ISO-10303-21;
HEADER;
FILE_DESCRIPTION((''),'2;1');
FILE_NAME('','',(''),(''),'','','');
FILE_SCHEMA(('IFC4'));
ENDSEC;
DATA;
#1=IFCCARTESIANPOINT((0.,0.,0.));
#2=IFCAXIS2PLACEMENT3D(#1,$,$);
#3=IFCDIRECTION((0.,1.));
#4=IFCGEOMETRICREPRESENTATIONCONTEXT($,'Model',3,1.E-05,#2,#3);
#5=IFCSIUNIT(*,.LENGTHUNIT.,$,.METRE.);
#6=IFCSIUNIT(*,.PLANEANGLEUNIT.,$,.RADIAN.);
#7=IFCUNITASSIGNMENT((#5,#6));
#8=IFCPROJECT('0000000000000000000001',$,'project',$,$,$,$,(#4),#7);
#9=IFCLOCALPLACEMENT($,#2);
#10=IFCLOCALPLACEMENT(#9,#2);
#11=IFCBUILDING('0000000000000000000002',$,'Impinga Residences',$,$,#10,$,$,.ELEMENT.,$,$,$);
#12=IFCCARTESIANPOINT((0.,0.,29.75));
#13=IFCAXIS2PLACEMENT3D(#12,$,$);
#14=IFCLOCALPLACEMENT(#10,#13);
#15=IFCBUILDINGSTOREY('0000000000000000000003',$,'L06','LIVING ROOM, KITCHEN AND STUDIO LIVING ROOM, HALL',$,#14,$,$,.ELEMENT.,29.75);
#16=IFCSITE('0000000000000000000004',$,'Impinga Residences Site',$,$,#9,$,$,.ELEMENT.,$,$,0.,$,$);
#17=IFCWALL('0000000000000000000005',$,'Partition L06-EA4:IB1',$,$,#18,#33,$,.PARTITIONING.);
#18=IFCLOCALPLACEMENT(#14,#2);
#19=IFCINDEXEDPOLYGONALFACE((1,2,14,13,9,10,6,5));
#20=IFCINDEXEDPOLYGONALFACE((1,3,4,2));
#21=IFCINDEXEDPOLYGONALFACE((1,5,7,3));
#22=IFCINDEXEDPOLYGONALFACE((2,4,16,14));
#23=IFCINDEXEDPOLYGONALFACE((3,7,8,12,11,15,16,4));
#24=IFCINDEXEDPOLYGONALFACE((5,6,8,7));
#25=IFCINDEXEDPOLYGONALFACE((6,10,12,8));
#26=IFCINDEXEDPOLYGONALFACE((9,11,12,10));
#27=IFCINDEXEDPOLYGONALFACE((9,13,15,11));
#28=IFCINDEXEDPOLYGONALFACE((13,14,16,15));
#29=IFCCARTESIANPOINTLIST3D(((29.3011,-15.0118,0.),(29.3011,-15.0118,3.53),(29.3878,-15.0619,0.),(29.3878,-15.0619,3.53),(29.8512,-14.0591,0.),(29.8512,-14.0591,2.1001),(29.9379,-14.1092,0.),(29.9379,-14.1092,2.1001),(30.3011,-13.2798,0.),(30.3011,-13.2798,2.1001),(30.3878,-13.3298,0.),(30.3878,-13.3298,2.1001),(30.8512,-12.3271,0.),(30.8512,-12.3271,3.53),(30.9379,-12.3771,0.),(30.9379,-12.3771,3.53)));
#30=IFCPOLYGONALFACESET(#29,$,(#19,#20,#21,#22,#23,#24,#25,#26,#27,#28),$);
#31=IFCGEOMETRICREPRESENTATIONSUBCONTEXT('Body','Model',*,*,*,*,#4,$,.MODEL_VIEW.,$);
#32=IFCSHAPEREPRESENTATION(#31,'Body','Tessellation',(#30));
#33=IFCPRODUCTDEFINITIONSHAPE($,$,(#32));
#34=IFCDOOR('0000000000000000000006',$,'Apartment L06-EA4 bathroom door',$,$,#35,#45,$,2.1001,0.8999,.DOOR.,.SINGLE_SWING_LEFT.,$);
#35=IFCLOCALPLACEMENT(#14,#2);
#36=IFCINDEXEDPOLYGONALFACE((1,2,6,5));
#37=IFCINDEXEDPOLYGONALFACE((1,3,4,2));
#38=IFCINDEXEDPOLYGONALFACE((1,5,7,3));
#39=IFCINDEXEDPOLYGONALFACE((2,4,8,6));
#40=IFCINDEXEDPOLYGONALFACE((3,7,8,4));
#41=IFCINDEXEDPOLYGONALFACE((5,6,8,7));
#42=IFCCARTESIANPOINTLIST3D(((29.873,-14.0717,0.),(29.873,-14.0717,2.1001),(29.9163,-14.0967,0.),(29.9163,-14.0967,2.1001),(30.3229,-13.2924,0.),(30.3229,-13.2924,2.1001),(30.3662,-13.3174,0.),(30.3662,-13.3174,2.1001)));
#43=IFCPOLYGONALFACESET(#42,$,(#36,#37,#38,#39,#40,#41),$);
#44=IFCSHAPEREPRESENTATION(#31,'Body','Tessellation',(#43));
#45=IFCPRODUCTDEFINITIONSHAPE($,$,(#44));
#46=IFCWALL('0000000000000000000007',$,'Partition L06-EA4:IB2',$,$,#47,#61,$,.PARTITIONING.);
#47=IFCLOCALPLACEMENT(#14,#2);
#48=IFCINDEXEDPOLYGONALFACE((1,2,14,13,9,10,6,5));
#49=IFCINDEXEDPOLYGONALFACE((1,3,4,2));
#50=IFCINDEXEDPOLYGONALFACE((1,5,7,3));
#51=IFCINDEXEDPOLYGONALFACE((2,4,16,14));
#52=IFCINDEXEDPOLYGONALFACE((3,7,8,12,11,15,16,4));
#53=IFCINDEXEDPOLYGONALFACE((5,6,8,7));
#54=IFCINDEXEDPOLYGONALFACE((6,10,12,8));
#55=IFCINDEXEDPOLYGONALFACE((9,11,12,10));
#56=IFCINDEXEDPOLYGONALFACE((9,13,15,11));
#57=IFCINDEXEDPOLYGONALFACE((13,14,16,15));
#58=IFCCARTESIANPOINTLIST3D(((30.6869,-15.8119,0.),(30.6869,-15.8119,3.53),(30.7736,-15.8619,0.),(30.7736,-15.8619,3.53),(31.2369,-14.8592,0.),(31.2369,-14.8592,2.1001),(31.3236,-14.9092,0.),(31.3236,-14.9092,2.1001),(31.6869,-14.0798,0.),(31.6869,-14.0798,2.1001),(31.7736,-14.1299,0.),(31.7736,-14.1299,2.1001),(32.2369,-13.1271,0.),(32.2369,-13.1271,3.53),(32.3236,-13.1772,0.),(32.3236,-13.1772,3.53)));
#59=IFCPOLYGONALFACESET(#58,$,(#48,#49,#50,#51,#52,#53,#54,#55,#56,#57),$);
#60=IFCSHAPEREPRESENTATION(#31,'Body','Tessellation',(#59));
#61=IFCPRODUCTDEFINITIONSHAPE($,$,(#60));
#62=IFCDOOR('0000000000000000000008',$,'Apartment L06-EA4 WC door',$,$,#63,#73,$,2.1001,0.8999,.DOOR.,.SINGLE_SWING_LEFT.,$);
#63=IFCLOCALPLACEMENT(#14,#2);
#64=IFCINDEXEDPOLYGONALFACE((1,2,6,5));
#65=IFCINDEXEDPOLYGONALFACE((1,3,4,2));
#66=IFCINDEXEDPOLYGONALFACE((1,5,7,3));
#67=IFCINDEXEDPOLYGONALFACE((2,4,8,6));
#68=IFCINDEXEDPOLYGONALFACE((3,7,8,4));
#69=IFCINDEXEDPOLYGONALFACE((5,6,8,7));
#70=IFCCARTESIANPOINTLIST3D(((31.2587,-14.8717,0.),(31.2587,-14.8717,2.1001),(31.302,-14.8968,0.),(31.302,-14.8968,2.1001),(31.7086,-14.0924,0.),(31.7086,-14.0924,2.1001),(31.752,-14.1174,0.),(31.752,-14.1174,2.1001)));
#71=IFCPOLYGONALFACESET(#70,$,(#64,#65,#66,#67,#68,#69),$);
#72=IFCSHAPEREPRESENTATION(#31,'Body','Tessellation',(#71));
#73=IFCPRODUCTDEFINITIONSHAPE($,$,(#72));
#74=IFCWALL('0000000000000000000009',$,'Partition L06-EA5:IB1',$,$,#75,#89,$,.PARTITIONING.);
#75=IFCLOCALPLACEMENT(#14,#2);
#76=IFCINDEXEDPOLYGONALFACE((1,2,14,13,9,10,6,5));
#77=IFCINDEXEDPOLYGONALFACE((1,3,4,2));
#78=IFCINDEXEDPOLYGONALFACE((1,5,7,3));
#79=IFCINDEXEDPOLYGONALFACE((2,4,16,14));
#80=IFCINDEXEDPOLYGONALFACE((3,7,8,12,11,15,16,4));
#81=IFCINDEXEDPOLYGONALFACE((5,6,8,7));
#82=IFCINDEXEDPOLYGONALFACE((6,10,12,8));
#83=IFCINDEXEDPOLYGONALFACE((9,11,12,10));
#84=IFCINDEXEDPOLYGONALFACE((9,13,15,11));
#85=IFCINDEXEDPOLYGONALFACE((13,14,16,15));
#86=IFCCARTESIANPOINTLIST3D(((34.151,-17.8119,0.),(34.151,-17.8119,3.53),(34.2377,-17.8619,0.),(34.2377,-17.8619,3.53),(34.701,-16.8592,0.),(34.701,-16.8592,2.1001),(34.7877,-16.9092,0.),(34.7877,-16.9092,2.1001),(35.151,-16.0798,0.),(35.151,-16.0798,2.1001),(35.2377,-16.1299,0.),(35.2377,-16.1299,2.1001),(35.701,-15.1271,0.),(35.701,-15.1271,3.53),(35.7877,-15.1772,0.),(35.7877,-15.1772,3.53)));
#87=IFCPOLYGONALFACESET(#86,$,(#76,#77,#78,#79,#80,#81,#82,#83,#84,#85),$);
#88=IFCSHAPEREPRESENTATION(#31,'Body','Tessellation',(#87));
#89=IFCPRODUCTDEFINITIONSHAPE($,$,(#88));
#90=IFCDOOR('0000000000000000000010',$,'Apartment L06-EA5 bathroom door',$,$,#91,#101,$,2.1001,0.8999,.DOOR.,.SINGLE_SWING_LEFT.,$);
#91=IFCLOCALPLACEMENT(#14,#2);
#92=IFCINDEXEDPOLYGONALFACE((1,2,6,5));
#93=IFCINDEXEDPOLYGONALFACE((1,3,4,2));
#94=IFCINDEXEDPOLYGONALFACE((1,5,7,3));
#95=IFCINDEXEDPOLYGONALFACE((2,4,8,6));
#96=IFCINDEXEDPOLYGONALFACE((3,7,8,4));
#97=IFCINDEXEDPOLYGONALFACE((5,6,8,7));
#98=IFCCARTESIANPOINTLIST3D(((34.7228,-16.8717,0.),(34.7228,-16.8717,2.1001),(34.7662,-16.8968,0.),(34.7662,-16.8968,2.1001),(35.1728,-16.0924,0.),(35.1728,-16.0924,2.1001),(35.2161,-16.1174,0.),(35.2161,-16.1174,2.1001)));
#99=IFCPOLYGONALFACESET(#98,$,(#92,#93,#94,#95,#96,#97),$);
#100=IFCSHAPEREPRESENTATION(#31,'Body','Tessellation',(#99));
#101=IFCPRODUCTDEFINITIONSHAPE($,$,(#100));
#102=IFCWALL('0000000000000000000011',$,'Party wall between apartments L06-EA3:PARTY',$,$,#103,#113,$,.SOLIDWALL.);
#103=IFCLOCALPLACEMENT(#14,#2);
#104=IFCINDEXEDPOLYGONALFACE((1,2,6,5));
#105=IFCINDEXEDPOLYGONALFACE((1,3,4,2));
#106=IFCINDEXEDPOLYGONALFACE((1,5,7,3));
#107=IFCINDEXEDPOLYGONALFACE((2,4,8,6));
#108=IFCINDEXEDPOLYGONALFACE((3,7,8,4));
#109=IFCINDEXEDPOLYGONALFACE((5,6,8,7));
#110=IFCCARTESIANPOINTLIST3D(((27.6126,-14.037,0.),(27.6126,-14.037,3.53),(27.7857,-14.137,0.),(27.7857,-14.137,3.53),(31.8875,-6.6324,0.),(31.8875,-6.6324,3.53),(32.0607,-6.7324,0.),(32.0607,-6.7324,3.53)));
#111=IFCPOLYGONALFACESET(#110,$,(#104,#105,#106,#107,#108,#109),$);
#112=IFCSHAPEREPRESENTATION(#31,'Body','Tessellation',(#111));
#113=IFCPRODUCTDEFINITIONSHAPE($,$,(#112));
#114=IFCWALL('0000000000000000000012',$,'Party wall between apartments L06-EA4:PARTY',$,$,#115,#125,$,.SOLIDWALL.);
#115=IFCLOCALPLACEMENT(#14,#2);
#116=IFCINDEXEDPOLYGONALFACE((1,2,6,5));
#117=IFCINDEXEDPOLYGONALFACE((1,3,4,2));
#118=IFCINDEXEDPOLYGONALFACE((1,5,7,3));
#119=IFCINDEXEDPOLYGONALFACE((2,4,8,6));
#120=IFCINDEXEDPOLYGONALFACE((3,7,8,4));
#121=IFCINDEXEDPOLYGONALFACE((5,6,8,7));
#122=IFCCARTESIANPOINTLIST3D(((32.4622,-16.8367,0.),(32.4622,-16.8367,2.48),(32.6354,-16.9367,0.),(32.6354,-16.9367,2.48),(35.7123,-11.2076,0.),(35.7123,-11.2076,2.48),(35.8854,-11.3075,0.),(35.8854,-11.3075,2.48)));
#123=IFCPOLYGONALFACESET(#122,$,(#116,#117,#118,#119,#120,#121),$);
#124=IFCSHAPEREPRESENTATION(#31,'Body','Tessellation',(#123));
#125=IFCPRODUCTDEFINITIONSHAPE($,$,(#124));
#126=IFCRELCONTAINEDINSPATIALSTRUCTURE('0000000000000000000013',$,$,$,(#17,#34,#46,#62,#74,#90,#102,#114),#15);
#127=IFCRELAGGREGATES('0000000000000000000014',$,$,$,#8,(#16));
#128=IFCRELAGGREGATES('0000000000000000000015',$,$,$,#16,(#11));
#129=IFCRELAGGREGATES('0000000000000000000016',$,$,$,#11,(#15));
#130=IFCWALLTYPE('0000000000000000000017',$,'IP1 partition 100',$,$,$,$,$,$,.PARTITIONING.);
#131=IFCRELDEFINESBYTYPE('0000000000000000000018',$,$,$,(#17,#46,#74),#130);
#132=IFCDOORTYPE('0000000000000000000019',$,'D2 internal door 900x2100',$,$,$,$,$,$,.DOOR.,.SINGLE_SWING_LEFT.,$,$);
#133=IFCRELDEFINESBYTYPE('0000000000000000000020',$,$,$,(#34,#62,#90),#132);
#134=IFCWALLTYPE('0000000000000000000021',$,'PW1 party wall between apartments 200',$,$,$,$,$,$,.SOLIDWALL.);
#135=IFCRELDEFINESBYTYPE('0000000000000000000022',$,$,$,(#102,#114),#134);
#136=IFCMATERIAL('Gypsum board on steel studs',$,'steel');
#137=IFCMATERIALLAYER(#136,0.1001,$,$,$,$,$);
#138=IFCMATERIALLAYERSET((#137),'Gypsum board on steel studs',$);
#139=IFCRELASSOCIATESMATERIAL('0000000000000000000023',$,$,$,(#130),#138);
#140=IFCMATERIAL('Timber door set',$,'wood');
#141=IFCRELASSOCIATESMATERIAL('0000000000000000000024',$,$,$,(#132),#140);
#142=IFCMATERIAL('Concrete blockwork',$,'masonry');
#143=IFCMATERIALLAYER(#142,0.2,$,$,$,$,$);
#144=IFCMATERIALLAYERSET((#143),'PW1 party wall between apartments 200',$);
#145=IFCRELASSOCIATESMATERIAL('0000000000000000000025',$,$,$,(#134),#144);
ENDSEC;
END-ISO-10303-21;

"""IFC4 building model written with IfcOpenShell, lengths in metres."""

from ifc_helpers import new_model, si_unit, direction, frame, frame_2d, origin, place, context, subcontext, project, spatial, rectangle, extrude, material, layer, layer_set, type_object, element, fill, save


model = new_model("IFC4")

# Units and contexts
model_context = context("Model", 3, precision=1e-05, world=origin(), true_north=direction((0.0, 1.0)))
body_context = subcontext(model_context, "Body", "Model", "MODEL_VIEW")
ifc_project = project(units=[si_unit("LENGTHUNIT", "METRE"), si_unit("PLANEANGLEUNIT", "RADIAN")], contexts=[model_context])

# Site, building, storey
site_placement = place(None, origin())
site = spatial("IfcSite", under=ifc_project, at=site_placement, Name="Impinga Residences Site", CompositionType="ELEMENT", RefElevation=0.0)
building_placement = place(site_placement, origin())
building = spatial("IfcBuilding", under=site, at=building_placement, Name="Impinga Residences", CompositionType="ELEMENT")
storey_placement = place(building_placement, frame((0.0, 0.0, 29.75)))
storey = spatial("IfcBuildingStorey", under=building, at=storey_placement, Name="L06", Description="LIVING ROOM, KITCHEN AND STUDIO LIVING ROOM, HALL", CompositionType="ELEMENT", Elevation=29.75)

# Shared definitions
ifc_material_1 = material(Name="Concrete blockwork", Category="masonry")
ifc_material_2 = material(Name="Timber door set", Category="wood")

# Shared definitions
ifc_material_3 = material(Name="Gypsum board on steel studs", Category="steel")
ifc_layer_1 = layer(ifc_material_3, 0.1001)
ifc_layer_set_1 = layer_set([ifc_layer_1], Name="Gypsum board on steel studs")
wall_type_1 = type_object("IfcWallType", Name="IP1 partition 100", PredefinedType="PARTITIONING", material=ifc_layer_set_1)

# Shared definitions
door_type_1 = type_object("IfcDoorType", Name="D2 internal door 900x2100", OperationType="SINGLE_SWING_LEFT", PredefinedType="DOOR", material=ifc_material_2)

# Walls, openings, doors
wall_1_placement = place(storey_placement, frame((29.3445, -15.0369, 0.0), z_axis=(0.0, 0.0, 1.0), x_axis=(0.499993, 0.86603, 0.0)))
wall_1 = element("IfcWall", 1, at=wall_1_placement, inside=storey, type_object=wall_type_1, Name="Partition L06-EA4:IB1", PredefinedType="PARTITIONING", context=body_context, shape_type="SweptSolid", body=[
    extrude(rectangle(XDim=3.1001, YDim=0.1001, at=frame_2d((1.55, 0.0))), origin(), (0.0, 0.0, 1.0), 3.53),
])
opening_1_placement = place(wall_1_placement, frame((1.1001, 0.0, 0.0)))
opening_1 = element("IfcOpeningElement", 2, at=opening_1_placement, cuts=wall_1, PredefinedType="OPENING", context=body_context, shape_type="SweptSolid", body=[
    extrude(rectangle(XDim=0.8999, YDim=2.1001, at=frame_2d((0.45, 1.05))), frame((0.0, 0.0601, 0.0), z_axis=(0.0, -1.0, 0.0), x_axis=(1.0, 0.0, 0.0)), (0.0, 0.0, 1.0), 0.1201),
])
door_1_placement = place(opening_1_placement, origin())
door_1 = element("IfcDoor", 3, at=door_1_placement, inside=storey, type_object=door_type_1, Name="Apartment L06-EA4 bathroom door", OperationType="SINGLE_SWING_LEFT", OverallHeight=2.1001, OverallWidth=0.8999, PredefinedType="DOOR", context=body_context, shape_type="SweptSolid", body=[
    extrude(rectangle(XDim=0.8999, YDim=2.1001, at=frame_2d((0.45, 1.05))), frame((0.0, 0.0249, 0.0), z_axis=(0.0, -1.0, 0.0), x_axis=(1.0, 0.0, 0.0)), (0.0, 0.0, 1.0), 0.05),
])
fill(opening_1, door_1)
wall_2_placement = place(storey_placement, frame((30.7302, -15.8369, 0.0), z_axis=(0.0, 0.0, 1.0), x_axis=(0.499993, 0.86603, 0.0)))
wall_2 = element("IfcWall", 4, at=wall_2_placement, inside=storey, type_object=wall_type_1, Name="Partition L06-EA4:IB2", PredefinedType="PARTITIONING", context=body_context, shape_type="SweptSolid", body=[
    extrude(rectangle(XDim=3.1001, YDim=0.1001, at=frame_2d((1.55, 0.0))), origin(), (0.0, 0.0, 1.0), 3.53),
])
opening_2_placement = place(wall_2_placement, frame((1.1001, 0.0, 0.0)))
opening_2 = element("IfcOpeningElement", 5, at=opening_2_placement, cuts=wall_2, PredefinedType="OPENING", context=body_context, shape_type="SweptSolid", body=[
    extrude(rectangle(XDim=0.8999, YDim=2.1001, at=frame_2d((0.45, 1.05))), frame((0.0, 0.0601, 0.0), z_axis=(0.0, -1.0, 0.0), x_axis=(1.0, 0.0, 0.0)), (0.0, 0.0, 1.0), 0.1201),
])
door_2_placement = place(opening_2_placement, origin())
door_2 = element("IfcDoor", 6, at=door_2_placement, inside=storey, type_object=door_type_1, Name="Apartment L06-EA4 WC door", OperationType="SINGLE_SWING_LEFT", OverallHeight=2.1001, OverallWidth=0.8999, PredefinedType="DOOR", context=body_context, shape_type="SweptSolid", body=[
    extrude(rectangle(XDim=0.8999, YDim=2.1001, at=frame_2d((0.45, 1.05))), frame((0.0, 0.0249, 0.0), z_axis=(0.0, -1.0, 0.0), x_axis=(1.0, 0.0, 0.0)), (0.0, 0.0, 1.0), 0.05),
])
fill(opening_2, door_2)
wall_3_placement = place(storey_placement, frame((34.1943, -17.8369, 0.0), z_axis=(0.0, 0.0, 1.0), x_axis=(0.499993, 0.86603, 0.0)))
wall_3 = element("IfcWall", 7, at=wall_3_placement, inside=storey, type_object=wall_type_1, Name="Partition L06-EA5:IB1", PredefinedType="PARTITIONING", context=body_context, shape_type="SweptSolid", body=[
    extrude(rectangle(XDim=3.1001, YDim=0.1001, at=frame_2d((1.55, 0.0))), origin(), (0.0, 0.0, 1.0), 3.53),
])
opening_3_placement = place(wall_3_placement, frame((1.1001, 0.0, 0.0)))
opening_3 = element("IfcOpeningElement", 8, at=opening_3_placement, cuts=wall_3, PredefinedType="OPENING", context=body_context, shape_type="SweptSolid", body=[
    extrude(rectangle(XDim=0.8999, YDim=2.1001, at=frame_2d((0.45, 1.05))), frame((0.0, 0.0601, 0.0), z_axis=(0.0, -1.0, 0.0), x_axis=(1.0, 0.0, 0.0)), (0.0, 0.0, 1.0), 0.1201),
])
door_3_placement = place(opening_3_placement, origin())
door_3 = element("IfcDoor", 9, at=door_3_placement, inside=storey, type_object=door_type_1, Name="Apartment L06-EA5 bathroom door", OperationType="SINGLE_SWING_LEFT", OverallHeight=2.1001, OverallWidth=0.8999, PredefinedType="DOOR", context=body_context, shape_type="SweptSolid", body=[
    extrude(rectangle(XDim=0.8999, YDim=2.1001, at=frame_2d((0.45, 1.05))), frame((0.0, 0.0249, 0.0), z_axis=(0.0, -1.0, 0.0), x_axis=(1.0, 0.0, 0.0)), (0.0, 0.0, 1.0), 0.05),
])
fill(opening_3, door_3)

# Walls
ifc_layer_2 = layer(ifc_material_1, 0.2)
ifc_layer_set_2 = layer_set([ifc_layer_2], Name="PW1 party wall between apartments 200")
wall_type_2 = type_object("IfcWallType", Name="PW1 party wall between apartments 200", PredefinedType="SOLIDWALL", material=ifc_layer_set_2)
wall_4_placement = place(storey_placement, frame((27.6992, -14.0869, 0.0), z_axis=(0.0, 0.0, 1.0), x_axis=(0.49999, 0.866031, 0.0)))
element("IfcWall", 10, at=wall_4_placement, inside=storey, type_object=wall_type_2, Name="Party wall between apartments L06-EA3:PARTY", PredefinedType="SOLIDWALL", context=body_context, shape_type="SweptSolid", body=[
    extrude(rectangle(XDim=8.55, YDim=0.2, at=frame_2d((4.2749, 0.0))), origin(), (0.0, 0.0, 1.0), 3.53),
])
wall_5_placement = place(storey_placement, frame((32.5488, -16.8867, 0.0), z_axis=(0.0, 0.0, 1.0), x_axis=(0.500001, 0.866025, 0.0)))
element("IfcWall", 11, at=wall_5_placement, inside=storey, type_object=wall_type_2, Name="Party wall between apartments L06-EA4:PARTY", PredefinedType="SOLIDWALL", context=body_context, shape_type="SweptSolid", body=[
    extrude(rectangle(XDim=6.5, YDim=0.2, at=frame_2d((3.25, 0.0))), origin(), (0.0, 0.0, 1.0), 2.48),
])

save(model, "model.ifc")
